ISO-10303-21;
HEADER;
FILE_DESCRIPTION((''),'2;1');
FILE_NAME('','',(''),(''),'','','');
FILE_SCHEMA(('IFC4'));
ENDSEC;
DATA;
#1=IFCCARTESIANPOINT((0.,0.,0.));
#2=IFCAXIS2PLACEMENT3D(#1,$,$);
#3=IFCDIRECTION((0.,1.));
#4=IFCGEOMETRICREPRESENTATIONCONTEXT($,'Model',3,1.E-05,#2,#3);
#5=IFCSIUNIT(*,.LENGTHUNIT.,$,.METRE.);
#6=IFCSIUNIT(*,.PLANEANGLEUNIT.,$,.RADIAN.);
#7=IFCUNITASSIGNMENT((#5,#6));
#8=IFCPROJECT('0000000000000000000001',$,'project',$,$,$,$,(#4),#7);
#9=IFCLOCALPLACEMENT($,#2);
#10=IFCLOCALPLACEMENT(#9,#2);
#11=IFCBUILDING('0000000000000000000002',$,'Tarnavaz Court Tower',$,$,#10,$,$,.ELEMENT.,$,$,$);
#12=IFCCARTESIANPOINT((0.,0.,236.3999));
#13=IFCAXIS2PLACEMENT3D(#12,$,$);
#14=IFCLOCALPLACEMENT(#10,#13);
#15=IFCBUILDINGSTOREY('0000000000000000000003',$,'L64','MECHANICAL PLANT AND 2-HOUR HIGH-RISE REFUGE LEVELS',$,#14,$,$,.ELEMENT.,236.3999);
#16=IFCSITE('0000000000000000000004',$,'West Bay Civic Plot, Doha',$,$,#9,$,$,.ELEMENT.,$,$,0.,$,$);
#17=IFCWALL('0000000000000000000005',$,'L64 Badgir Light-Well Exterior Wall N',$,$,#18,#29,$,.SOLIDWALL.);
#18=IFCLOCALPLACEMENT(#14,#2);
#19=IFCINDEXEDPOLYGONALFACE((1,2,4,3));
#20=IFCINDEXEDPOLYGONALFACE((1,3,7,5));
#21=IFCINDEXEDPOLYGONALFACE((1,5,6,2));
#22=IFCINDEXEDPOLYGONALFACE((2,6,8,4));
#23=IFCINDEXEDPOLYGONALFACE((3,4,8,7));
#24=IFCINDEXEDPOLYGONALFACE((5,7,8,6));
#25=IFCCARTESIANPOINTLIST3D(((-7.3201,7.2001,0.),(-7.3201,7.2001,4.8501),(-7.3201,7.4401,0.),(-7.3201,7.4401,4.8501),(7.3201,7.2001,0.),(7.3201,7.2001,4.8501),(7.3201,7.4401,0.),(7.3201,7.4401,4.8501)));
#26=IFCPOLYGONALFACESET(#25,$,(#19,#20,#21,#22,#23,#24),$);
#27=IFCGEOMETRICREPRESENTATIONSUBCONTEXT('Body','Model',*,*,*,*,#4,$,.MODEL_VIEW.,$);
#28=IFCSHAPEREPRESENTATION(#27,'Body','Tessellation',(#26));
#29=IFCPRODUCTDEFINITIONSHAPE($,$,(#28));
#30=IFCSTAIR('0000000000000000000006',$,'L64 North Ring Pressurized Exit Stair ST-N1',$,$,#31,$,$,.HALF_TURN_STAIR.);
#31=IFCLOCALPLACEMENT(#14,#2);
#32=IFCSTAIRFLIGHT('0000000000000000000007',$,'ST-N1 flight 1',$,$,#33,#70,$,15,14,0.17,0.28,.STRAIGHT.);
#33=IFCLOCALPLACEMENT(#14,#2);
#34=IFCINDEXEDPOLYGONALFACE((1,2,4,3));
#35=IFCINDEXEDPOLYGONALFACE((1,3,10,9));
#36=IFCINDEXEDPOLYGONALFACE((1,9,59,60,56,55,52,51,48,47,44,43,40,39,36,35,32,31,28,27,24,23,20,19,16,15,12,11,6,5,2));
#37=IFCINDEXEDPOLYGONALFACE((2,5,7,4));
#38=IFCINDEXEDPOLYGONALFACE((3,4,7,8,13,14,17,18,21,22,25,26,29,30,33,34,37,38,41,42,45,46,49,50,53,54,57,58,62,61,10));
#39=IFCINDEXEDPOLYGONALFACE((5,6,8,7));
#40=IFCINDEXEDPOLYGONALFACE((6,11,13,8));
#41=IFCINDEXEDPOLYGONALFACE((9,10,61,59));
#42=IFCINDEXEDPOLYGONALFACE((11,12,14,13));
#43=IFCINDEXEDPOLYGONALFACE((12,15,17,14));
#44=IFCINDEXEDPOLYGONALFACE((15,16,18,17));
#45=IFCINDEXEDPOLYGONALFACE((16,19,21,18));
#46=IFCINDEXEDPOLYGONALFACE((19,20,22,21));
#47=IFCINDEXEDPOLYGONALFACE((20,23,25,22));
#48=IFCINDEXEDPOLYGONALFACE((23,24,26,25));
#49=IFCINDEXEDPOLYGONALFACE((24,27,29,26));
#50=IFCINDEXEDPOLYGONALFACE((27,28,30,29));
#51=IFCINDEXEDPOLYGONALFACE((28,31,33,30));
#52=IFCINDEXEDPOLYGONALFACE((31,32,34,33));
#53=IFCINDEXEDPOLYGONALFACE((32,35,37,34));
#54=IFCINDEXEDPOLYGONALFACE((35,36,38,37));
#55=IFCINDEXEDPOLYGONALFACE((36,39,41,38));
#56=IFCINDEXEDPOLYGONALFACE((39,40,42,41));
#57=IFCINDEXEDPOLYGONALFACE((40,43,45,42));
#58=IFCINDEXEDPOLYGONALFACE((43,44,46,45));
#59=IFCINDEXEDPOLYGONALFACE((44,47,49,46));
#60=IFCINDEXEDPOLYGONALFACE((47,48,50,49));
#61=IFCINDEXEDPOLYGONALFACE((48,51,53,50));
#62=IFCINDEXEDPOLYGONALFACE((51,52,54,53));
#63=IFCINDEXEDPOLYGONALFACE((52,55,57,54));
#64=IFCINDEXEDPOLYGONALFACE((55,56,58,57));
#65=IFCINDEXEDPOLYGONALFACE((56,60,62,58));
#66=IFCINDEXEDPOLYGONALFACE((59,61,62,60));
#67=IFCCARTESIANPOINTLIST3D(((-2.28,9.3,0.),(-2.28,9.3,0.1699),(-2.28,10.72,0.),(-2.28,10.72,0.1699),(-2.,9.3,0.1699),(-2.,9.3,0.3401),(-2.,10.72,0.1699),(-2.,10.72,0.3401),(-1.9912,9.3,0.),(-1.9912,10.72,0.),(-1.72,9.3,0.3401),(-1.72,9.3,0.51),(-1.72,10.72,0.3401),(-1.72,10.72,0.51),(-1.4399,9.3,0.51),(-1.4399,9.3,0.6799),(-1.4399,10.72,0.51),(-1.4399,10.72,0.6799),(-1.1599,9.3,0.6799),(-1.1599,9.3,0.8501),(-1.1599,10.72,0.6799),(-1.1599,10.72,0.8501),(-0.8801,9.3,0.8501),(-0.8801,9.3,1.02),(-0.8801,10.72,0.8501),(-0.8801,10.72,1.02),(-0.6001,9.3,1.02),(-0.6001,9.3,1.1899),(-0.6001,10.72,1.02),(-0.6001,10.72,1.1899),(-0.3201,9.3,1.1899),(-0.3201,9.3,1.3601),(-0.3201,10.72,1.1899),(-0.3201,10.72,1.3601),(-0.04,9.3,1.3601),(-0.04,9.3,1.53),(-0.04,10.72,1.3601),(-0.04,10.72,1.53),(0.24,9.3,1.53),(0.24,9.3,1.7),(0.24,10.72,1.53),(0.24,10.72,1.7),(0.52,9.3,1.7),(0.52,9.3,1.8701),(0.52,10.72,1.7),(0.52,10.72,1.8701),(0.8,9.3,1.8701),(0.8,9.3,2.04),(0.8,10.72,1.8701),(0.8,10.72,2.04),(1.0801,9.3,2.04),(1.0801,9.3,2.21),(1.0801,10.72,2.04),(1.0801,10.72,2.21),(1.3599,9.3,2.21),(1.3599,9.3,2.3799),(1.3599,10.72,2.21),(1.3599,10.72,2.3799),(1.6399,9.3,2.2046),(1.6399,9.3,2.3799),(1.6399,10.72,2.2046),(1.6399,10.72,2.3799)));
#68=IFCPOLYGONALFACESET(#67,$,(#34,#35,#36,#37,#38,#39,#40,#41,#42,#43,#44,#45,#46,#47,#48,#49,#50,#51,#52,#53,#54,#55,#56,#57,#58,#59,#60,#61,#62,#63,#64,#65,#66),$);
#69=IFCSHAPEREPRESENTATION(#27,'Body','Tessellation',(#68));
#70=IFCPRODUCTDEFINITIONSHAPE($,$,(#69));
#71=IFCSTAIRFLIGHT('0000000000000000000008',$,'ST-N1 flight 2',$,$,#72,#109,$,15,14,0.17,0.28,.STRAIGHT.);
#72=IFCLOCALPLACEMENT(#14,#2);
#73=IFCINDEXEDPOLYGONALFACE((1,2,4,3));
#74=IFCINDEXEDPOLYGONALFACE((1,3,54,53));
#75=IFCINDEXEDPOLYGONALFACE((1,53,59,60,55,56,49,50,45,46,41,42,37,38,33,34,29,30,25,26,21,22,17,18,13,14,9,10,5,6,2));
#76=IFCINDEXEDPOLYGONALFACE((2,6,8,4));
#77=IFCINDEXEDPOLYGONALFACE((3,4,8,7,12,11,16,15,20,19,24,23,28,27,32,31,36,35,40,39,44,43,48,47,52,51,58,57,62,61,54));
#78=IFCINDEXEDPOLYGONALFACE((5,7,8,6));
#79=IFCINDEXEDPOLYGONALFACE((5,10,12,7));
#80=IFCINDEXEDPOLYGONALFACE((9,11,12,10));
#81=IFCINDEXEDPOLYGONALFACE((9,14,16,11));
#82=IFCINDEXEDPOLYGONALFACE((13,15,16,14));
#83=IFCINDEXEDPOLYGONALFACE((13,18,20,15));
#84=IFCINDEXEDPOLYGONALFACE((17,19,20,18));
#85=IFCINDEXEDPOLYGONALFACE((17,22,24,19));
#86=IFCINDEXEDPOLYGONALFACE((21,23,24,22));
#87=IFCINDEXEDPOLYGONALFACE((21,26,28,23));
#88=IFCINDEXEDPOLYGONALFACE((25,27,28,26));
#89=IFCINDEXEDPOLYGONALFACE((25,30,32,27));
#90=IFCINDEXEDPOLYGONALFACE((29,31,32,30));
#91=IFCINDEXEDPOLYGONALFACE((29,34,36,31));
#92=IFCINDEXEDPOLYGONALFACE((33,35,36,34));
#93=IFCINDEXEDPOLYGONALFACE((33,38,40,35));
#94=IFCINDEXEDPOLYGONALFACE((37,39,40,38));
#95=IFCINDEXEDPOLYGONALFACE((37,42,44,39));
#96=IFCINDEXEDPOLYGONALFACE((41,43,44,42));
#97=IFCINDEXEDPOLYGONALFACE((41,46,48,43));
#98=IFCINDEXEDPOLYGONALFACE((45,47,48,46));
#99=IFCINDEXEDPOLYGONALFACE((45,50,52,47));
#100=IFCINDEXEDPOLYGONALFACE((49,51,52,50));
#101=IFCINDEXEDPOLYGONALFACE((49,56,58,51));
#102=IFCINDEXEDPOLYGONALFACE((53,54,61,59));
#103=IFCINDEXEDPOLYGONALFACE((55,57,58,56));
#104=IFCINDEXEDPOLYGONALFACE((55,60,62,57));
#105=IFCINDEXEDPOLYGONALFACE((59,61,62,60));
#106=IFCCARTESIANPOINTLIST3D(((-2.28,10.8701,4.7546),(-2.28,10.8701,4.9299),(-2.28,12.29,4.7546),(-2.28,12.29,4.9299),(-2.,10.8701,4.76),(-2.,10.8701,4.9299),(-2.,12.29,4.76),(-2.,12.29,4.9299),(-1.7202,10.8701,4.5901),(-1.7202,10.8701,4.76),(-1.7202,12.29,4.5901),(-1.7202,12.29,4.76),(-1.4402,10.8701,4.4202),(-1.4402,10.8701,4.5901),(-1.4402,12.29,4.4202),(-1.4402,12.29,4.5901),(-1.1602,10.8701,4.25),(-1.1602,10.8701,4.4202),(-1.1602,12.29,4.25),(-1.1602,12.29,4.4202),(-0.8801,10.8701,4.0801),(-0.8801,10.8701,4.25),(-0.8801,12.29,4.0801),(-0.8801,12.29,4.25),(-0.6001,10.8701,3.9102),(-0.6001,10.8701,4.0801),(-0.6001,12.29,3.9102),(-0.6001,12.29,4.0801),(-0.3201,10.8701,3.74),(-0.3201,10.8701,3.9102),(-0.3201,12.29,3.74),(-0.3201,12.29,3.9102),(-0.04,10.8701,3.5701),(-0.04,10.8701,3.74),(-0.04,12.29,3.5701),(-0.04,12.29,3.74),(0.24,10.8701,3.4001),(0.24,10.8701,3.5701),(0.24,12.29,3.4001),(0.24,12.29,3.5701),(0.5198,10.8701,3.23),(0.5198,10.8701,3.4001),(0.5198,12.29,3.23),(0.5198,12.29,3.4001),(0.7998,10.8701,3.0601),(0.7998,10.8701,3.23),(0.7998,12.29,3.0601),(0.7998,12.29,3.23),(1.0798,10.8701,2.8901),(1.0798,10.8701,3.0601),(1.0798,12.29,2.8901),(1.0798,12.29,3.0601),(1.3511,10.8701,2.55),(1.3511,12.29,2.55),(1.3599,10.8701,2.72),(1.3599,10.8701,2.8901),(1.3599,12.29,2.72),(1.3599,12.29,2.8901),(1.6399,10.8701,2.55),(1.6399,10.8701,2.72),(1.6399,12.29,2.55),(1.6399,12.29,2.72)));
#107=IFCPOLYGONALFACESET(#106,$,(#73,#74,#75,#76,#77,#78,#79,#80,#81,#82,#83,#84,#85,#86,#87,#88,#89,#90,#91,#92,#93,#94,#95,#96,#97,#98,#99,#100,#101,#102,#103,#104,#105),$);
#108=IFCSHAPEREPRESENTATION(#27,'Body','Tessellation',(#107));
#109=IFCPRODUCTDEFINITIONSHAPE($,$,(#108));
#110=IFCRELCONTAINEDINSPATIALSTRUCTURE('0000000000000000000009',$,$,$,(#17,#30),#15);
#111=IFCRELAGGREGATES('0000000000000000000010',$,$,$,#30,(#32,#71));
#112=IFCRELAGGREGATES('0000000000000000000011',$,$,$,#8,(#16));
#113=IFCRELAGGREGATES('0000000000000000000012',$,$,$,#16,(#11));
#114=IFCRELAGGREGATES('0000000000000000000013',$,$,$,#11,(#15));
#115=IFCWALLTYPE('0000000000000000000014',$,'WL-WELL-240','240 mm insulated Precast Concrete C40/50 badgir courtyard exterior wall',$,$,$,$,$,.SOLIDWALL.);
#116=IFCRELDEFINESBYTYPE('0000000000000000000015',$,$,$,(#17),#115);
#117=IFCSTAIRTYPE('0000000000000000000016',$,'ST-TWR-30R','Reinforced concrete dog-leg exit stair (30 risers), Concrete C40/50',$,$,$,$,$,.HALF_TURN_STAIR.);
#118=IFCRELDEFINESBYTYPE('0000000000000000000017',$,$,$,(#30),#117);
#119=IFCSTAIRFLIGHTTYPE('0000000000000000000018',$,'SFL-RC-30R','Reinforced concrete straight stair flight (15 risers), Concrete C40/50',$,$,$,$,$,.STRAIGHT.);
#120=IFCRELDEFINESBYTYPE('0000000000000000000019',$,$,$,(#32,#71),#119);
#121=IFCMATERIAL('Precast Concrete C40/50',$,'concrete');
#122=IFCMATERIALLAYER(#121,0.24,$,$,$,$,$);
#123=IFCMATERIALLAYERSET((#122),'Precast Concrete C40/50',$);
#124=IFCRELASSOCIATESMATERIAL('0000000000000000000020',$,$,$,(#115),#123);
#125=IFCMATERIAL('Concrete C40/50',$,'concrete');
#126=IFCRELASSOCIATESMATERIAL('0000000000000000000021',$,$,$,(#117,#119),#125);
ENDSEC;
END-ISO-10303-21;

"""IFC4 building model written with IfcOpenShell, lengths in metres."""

from ifc_helpers import new_model, si_unit, direction, frame, frame_2d, origin, place, context, subcontext, project, spatial, polyline, rectangle, outline, extrude, material, layer, layer_set, type_object, element, aggregate, save


model = new_model("IFC4")

# Units and contexts
model_context = context("Model", 3, precision=1e-05, world=origin(), true_north=direction((0.0, 1.0)))
body_context = subcontext(model_context, "Body", "Model", "MODEL_VIEW")
ifc_project = project(units=[si_unit("LENGTHUNIT", "METRE"), si_unit("PLANEANGLEUNIT", "RADIAN")], contexts=[model_context])

# Site, building, storey
site_placement = place(None, origin())
site = spatial("IfcSite", under=ifc_project, at=site_placement, Name="West Bay Civic Plot, Doha", CompositionType="ELEMENT", RefElevation=0.0)
building_placement = place(site_placement, origin())
building = spatial("IfcBuilding", under=site, at=building_placement, Name="Tarnavaz Court Tower", CompositionType="ELEMENT")
storey_placement = place(building_placement, frame((0.0, 0.0, 236.3999)))
storey = spatial("IfcBuildingStorey", under=building, at=storey_placement, Name="L64", Description="MECHANICAL PLANT AND 2-HOUR HIGH-RISE REFUGE LEVELS", CompositionType="ELEMENT", Elevation=236.3999)

# Wall
ifc_material_1 = material(Name="Precast Concrete C40/50", Category="concrete")
ifc_layer_1 = layer(ifc_material_1, 0.24)
ifc_layer_set_1 = layer_set([ifc_layer_1], Name="Precast Concrete C40/50")
wall_type_1 = type_object("IfcWallType", Name="WL-WELL-240", Description="240 mm insulated Precast Concrete C40/50 badgir courtyard exterior wall", PredefinedType="SOLIDWALL", material=ifc_layer_set_1)
wall_1_placement = place(storey_placement, frame((7.3201, 7.3201, 0.0), z_axis=(0.0, 0.0, 1.0), x_axis=(-1.0, 0.0, 0.0)))
element("IfcWall", 1, at=wall_1_placement, inside=storey, type_object=wall_type_1, Name="L64 Badgir Light-Well Exterior Wall N", PredefinedType="SOLIDWALL", context=body_context, shape_type="SweptSolid", body=[
    extrude(rectangle(XDim=14.6401, YDim=0.24, at=frame_2d((7.3201, 0.0))), origin(), (0.0, 0.0, 1.0), 4.8501),
])

# Stair, stair flights
ifc_material_2 = material(Name="Concrete C40/50", Category="concrete")
stair_type = type_object("IfcStairType", Name="ST-TWR-30R", Description="Reinforced concrete dog-leg exit stair (30 risers), Concrete C40/50", PredefinedType="HALF_TURN_STAIR", material=ifc_material_2)
stair_placement = place(storey_placement, origin())
stair = element("IfcStair", 2, at=stair_placement, inside=storey, type_object=stair_type, Name="L64 North Ring Pressurized Exit Stair ST-N1", PredefinedType="HALF_TURN_STAIR")
stair_flight_type = type_object("IfcStairFlightType", Name="SFL-RC-30R", Description="Reinforced concrete straight stair flight (15 risers), Concrete C40/50", PredefinedType="STRAIGHT", material=ifc_material_2)
stair_flight_1_placement = place(storey_placement, frame((-2.28, 10.01, 0.0), z_axis=(0.0, 0.0, 1.0), x_axis=(1.0, 0.0, 0.0)))
stair_flight_1 = element("IfcStairFlight", 3, at=stair_flight_1_placement, type_object=stair_flight_type, Name="ST-N1 flight 1", NumberOfRisers=15, NumberOfTreads=14, PredefinedType="STRAIGHT", RiserHeight=0.17, TreadLength=0.28, context=body_context, shape_type="SweptSolid", body=[
    extrude(outline(polyline([(0.0, 0.0), (0.0, 0.1699), (0.28, 0.1699), (0.28, 0.3401), (0.5601, 0.3401), (0.5601, 0.51), (0.8401, 0.51), (0.8401, 0.6799), (1.1201, 0.6799), (1.1201, 0.8501), (1.3999, 0.8501), (1.3999, 1.02), (1.6799, 1.02), (1.6799, 1.1899), (1.96, 1.1899), (1.96, 1.3601), (2.24, 1.3601), (2.24, 1.53), (2.52, 1.53), (2.52, 1.7), (2.8, 1.7), (2.8, 1.8701), (3.0801, 1.8701), (3.0801, 2.04), (3.3601, 2.04), (3.3601, 2.21), (3.6399, 2.21), (3.6399, 2.3799), (3.9199, 2.3799), (3.9199, 2.55), (3.9199, 2.2046), (0.2888, 0.0), (0.0, 0.0)])), frame((0.0, 0.71, 0.0), z_axis=(0.0, -1.0, 0.0), x_axis=(1.0, 0.0, 0.0)), (0.0, 0.0, 1.0), 1.4199),
])
stair_flight_2_placement = place(storey_placement, frame((1.6399, 11.5801, 2.55), z_axis=(0.0, 0.0, 1.0), x_axis=(-1.0, 0.0, 0.0)))
stair_flight_2 = element("IfcStairFlight", 4, at=stair_flight_2_placement, type_object=stair_flight_type, Name="ST-N1 flight 2", NumberOfRisers=15, NumberOfTreads=14, PredefinedType="STRAIGHT", RiserHeight=0.17, TreadLength=0.28, context=body_context, shape_type="SweptSolid", body=[
    extrude(outline(polyline([(0.0, 0.0), (0.0, 0.1699), (0.28, 0.1699), (0.28, 0.3401), (0.5601, 0.3401), (0.5601, 0.51), (0.8401, 0.51), (0.8401, 0.6799), (1.1201, 0.6799), (1.1201, 0.8501), (1.3999, 0.8501), (1.3999, 1.02), (1.6799, 1.02), (1.6799, 1.1899), (1.96, 1.1899), (1.96, 1.3601), (2.24, 1.3601), (2.24, 1.53), (2.52, 1.53), (2.52, 1.7), (2.8, 1.7), (2.8, 1.8701), (3.0801, 1.8701), (3.0801, 2.04), (3.3601, 2.04), (3.3601, 2.21), (3.6399, 2.21), (3.6399, 2.3799), (3.9199, 2.3799), (3.9199, 2.55), (3.9199, 2.2046), (0.2888, 0.0), (0.0, 0.0)])), frame((0.0, 0.71, 0.0), z_axis=(0.0, -1.0, 0.0), x_axis=(1.0, 0.0, 0.0)), (0.0, 0.0, 1.0), 1.4199),
])
aggregate(stair, [stair_flight_1, stair_flight_2])

save(model, "model.ifc")
